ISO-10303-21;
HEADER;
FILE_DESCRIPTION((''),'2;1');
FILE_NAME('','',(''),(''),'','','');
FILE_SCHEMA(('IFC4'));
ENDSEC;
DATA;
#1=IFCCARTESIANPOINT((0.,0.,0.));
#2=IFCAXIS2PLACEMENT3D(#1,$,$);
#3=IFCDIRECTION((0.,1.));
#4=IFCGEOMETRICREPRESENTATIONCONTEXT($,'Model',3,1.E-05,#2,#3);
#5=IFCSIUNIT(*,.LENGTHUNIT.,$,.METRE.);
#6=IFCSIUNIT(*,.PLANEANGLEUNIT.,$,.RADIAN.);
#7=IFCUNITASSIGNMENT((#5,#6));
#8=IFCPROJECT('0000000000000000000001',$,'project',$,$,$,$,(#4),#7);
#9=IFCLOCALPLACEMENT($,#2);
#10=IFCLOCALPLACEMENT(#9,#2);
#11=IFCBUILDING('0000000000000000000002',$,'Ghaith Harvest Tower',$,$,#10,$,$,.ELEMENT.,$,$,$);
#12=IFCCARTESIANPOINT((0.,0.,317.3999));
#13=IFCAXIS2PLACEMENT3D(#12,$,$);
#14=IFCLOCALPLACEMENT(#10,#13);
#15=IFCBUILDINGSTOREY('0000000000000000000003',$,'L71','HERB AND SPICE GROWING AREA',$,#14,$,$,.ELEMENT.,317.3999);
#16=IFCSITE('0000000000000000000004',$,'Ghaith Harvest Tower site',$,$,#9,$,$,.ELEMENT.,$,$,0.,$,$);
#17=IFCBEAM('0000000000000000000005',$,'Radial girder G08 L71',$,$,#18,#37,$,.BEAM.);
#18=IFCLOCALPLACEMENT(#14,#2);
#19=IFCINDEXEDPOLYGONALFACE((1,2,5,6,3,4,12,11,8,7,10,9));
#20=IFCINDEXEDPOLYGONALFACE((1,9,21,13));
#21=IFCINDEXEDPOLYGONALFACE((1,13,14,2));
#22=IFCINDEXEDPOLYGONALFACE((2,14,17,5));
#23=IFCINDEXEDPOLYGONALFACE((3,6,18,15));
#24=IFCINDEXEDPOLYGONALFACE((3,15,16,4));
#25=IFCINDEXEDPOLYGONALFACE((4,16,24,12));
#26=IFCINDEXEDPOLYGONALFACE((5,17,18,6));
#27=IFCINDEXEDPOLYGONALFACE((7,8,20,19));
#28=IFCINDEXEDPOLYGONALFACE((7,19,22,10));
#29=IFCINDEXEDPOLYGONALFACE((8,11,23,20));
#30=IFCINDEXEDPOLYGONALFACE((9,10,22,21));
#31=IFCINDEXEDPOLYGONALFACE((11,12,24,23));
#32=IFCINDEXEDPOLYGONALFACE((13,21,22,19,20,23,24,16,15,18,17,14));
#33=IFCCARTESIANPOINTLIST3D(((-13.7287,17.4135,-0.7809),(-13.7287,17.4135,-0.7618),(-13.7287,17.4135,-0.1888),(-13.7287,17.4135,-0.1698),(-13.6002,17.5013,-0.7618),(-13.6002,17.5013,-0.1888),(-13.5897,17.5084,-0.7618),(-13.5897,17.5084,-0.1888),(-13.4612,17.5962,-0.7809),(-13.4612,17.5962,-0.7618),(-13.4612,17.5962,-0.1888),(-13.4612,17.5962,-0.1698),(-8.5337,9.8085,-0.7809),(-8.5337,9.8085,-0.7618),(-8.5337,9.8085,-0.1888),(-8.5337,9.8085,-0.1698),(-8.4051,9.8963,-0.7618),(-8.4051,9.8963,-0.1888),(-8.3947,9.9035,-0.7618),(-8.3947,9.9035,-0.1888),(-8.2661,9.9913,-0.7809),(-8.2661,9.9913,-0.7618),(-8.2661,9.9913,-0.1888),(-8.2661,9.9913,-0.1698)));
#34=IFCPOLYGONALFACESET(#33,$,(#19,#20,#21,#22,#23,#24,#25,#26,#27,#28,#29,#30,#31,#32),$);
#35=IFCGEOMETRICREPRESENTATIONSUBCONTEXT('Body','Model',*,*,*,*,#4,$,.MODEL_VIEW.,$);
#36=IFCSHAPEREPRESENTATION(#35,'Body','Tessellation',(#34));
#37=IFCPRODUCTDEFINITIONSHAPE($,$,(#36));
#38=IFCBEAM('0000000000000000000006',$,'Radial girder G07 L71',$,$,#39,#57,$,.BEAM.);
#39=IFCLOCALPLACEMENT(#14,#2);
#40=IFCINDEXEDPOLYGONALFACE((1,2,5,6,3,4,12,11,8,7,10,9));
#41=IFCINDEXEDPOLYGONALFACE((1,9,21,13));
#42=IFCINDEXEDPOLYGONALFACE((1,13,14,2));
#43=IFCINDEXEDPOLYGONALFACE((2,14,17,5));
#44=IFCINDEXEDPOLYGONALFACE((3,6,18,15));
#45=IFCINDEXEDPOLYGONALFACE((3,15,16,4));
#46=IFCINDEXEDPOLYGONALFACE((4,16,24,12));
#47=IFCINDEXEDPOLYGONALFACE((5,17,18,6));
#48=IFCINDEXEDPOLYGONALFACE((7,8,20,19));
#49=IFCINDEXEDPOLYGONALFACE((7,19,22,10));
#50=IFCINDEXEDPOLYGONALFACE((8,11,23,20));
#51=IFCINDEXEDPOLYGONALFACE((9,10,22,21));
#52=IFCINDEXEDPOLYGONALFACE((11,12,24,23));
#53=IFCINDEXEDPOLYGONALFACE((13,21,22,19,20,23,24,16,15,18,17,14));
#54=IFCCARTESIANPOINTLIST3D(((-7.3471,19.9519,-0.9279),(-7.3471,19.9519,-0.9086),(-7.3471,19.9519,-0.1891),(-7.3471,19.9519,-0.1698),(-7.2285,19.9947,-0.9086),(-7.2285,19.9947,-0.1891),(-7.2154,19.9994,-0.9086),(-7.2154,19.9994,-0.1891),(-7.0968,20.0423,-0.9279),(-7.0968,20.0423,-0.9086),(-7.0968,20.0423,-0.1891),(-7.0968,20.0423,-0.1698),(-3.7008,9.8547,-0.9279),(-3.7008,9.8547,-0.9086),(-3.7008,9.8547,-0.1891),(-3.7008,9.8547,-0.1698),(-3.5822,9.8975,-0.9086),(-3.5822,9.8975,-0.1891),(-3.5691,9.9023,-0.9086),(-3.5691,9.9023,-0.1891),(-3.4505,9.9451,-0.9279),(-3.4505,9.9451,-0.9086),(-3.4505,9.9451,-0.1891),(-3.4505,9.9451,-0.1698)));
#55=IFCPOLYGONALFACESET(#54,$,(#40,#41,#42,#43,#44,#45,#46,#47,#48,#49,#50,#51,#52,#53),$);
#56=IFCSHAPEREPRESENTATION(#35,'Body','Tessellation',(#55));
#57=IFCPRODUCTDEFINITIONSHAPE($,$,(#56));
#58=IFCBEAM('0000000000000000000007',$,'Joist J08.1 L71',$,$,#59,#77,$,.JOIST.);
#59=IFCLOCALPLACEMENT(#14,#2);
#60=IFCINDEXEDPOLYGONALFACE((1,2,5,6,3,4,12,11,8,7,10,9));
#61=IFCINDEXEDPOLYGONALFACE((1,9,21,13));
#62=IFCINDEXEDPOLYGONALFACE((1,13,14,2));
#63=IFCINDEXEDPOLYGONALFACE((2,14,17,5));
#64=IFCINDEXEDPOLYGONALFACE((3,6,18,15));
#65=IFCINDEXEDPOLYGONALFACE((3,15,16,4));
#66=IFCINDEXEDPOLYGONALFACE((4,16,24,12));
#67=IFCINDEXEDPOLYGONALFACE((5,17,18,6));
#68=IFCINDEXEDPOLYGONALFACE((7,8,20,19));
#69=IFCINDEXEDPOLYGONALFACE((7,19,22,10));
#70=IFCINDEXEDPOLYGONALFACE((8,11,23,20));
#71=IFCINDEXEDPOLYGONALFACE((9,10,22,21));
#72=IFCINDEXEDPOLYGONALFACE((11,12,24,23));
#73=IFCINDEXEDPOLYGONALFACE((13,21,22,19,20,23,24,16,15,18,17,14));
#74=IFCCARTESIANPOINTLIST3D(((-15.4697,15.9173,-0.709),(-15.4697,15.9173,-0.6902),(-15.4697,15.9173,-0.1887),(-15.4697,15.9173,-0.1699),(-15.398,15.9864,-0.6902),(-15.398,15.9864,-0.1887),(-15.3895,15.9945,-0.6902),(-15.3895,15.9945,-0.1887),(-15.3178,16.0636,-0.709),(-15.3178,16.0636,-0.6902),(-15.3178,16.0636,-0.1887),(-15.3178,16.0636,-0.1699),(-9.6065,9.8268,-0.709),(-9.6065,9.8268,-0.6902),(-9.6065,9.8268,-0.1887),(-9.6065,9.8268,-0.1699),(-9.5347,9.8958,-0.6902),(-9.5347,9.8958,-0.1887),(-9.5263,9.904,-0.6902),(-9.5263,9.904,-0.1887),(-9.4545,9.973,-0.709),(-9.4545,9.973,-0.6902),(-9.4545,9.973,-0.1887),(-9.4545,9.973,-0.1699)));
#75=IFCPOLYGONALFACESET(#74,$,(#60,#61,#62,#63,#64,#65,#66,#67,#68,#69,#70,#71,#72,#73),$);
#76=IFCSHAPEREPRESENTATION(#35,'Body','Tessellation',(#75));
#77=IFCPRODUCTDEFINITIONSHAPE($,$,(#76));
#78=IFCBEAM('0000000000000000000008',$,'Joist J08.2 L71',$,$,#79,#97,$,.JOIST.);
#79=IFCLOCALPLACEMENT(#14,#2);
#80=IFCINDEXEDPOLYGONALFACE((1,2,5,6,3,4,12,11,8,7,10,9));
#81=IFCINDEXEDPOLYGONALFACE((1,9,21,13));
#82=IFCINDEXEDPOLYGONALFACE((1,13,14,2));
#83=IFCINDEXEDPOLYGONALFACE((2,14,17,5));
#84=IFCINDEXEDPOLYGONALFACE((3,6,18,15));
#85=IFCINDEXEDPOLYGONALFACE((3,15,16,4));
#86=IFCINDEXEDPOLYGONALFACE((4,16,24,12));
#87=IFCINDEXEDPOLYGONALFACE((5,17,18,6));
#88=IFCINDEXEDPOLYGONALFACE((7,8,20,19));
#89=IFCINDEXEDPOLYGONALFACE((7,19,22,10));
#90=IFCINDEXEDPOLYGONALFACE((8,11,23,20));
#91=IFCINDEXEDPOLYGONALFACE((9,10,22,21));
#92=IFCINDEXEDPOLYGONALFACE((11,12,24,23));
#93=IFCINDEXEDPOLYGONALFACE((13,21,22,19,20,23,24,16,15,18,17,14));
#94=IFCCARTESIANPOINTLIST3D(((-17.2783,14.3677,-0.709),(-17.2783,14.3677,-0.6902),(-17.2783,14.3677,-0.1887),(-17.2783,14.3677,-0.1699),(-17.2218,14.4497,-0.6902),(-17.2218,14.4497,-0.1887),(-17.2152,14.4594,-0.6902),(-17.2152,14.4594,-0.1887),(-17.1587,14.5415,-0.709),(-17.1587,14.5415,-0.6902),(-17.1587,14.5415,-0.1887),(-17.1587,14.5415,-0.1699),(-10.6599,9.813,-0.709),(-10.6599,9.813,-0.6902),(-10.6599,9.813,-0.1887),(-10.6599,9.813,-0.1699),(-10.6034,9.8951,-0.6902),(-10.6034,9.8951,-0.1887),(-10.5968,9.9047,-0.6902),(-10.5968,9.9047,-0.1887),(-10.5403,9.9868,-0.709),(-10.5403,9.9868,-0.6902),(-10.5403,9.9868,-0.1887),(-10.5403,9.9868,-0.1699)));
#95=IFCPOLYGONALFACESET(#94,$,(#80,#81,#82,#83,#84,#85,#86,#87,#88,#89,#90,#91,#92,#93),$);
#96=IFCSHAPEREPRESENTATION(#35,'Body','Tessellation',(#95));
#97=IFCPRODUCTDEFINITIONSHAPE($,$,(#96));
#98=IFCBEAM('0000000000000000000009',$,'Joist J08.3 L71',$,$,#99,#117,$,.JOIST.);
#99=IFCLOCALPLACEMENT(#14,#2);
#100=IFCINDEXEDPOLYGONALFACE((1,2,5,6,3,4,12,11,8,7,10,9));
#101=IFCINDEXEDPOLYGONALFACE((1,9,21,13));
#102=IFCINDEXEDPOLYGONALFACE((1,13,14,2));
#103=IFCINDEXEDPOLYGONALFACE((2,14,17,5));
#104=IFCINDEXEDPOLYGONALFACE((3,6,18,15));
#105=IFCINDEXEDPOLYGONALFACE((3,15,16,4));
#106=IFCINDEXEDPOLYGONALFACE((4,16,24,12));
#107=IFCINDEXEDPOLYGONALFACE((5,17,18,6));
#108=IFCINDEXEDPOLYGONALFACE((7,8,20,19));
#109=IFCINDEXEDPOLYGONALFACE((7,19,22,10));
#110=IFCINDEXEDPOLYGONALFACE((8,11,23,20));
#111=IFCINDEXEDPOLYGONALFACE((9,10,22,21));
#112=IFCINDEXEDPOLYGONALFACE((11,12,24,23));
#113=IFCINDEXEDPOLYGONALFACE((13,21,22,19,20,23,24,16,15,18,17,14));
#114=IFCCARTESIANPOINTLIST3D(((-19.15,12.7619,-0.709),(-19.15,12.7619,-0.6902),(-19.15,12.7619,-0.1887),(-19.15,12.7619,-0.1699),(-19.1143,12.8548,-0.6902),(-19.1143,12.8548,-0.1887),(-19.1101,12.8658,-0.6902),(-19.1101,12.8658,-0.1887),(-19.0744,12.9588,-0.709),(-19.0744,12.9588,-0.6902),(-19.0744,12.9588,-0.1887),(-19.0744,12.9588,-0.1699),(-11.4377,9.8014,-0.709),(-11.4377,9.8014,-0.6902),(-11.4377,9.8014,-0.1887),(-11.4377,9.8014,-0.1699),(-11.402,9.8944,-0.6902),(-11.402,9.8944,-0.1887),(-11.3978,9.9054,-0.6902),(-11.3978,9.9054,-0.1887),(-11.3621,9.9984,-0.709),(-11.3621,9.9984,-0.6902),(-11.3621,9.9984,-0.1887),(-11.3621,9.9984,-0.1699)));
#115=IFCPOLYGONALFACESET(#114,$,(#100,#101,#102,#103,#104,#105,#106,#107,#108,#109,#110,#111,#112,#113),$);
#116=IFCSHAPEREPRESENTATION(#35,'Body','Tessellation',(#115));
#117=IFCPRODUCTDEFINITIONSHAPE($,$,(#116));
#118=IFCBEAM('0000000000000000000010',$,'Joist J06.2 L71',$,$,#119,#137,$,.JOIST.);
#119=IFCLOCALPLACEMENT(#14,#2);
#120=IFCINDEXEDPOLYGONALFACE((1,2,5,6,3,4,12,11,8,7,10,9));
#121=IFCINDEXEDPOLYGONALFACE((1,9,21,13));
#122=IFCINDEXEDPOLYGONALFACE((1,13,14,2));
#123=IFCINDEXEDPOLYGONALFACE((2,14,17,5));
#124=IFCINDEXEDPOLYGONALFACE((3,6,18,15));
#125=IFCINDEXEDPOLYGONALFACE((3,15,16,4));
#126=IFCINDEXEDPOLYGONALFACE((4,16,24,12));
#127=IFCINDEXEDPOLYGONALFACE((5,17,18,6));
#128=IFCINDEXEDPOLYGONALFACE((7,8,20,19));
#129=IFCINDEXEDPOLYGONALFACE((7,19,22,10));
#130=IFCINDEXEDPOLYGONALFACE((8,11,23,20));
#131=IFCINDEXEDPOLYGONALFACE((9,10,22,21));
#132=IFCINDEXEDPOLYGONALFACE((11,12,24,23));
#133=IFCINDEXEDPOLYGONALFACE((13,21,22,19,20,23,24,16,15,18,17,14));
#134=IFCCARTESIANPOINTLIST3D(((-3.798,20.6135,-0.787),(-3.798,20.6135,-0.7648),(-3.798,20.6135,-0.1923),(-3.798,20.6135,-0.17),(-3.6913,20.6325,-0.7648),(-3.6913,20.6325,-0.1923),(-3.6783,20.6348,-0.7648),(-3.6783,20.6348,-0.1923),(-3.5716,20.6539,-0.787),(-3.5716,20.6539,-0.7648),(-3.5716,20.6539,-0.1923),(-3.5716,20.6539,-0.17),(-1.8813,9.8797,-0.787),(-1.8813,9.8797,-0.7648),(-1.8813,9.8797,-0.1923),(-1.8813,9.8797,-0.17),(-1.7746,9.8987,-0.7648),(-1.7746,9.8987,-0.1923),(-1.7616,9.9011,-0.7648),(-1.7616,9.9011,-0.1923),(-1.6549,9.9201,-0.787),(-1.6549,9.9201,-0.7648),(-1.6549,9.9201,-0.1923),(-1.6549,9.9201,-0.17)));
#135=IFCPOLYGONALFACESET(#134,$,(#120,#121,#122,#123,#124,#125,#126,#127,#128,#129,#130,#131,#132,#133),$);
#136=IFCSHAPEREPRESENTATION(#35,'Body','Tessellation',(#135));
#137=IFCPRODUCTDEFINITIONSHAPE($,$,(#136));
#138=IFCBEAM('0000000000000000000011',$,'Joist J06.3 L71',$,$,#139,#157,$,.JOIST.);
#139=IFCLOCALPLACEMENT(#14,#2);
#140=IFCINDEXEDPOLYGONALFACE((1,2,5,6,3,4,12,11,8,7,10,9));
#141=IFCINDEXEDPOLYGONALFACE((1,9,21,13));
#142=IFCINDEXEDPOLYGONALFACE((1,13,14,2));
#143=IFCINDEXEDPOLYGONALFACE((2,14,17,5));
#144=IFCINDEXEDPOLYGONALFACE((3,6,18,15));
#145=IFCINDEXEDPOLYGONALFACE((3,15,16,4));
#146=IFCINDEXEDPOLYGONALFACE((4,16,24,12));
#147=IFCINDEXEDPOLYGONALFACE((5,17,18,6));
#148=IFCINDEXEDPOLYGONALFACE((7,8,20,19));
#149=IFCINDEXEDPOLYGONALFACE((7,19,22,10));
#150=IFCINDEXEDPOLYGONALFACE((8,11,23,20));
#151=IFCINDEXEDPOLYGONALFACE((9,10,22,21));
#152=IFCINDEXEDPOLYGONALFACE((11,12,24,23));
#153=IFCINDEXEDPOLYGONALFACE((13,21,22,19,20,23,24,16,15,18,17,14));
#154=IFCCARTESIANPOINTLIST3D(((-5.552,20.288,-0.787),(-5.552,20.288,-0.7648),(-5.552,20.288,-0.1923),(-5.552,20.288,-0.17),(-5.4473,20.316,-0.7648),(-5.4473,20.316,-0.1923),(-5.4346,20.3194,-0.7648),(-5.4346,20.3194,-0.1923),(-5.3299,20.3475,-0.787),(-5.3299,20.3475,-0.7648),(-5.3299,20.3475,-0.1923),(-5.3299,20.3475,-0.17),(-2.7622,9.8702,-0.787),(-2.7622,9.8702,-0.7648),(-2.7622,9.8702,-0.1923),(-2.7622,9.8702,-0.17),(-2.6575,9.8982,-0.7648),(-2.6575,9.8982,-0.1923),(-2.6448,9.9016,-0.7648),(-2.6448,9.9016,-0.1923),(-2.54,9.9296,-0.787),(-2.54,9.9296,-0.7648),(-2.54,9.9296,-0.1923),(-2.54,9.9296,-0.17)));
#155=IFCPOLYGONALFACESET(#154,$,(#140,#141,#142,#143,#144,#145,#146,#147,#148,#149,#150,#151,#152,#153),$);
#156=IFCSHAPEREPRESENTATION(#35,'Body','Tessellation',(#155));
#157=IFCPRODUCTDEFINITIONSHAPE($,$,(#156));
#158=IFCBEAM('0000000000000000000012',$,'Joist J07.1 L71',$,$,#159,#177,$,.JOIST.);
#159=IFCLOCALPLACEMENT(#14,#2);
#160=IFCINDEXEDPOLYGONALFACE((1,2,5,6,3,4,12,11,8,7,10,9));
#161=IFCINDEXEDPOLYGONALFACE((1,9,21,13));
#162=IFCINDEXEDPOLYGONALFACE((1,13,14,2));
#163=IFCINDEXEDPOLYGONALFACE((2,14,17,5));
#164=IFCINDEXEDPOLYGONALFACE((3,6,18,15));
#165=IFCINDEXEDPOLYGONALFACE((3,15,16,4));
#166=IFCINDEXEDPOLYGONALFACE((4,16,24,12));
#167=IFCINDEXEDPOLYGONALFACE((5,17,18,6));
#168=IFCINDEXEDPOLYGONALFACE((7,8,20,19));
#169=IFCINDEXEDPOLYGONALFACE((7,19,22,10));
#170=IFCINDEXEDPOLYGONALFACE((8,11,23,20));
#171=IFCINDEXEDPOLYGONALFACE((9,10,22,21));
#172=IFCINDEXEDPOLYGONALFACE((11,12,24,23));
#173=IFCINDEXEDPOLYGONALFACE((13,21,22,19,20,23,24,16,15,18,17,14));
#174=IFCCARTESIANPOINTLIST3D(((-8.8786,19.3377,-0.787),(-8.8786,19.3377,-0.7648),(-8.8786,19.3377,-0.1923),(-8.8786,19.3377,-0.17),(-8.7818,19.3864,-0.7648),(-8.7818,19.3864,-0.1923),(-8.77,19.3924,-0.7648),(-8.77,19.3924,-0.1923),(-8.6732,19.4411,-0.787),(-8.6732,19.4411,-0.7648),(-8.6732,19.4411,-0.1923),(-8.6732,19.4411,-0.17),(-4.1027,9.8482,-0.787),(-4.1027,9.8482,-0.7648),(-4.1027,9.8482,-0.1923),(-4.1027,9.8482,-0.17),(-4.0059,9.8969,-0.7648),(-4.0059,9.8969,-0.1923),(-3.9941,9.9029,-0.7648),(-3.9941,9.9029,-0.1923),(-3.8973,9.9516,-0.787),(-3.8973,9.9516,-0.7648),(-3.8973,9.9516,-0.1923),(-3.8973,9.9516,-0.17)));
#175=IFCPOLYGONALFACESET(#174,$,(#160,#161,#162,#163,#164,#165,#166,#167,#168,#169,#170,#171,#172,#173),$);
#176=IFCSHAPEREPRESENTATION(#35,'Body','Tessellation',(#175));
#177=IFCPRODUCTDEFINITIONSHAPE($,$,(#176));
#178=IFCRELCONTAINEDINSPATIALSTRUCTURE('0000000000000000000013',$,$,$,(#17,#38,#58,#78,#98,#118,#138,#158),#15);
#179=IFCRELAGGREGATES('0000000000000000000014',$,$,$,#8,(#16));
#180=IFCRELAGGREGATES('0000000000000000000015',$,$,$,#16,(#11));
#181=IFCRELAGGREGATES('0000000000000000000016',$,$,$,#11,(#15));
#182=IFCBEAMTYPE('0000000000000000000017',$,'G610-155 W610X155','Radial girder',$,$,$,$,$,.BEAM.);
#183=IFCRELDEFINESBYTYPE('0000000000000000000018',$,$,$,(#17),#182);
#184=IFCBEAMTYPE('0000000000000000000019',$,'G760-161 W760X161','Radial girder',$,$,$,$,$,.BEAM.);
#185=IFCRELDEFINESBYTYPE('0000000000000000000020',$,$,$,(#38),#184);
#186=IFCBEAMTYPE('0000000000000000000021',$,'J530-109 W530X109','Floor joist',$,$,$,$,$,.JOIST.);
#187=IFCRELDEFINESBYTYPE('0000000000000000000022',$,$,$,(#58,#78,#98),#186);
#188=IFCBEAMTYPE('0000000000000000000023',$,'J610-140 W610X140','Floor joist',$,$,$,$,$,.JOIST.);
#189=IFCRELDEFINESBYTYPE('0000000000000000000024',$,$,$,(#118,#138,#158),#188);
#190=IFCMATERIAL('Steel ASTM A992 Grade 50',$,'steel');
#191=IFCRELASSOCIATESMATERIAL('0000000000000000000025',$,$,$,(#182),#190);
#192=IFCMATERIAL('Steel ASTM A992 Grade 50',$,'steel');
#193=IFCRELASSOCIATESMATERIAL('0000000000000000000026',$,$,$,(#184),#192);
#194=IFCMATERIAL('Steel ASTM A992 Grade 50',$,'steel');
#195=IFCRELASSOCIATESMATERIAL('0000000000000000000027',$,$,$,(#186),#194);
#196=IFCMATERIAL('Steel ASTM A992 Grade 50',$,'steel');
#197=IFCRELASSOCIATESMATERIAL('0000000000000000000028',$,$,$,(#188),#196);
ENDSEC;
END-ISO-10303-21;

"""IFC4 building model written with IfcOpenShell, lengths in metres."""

from ifc_helpers import new_model, si_unit, direction, frame, origin, origin_2d, place, context, subcontext, project, spatial, i_section, extrude, material, material_profile, profile_set, type_object, element, save


model = new_model("IFC4")

# Units and contexts
model_context = context("Model", 3, precision=1e-05, world=origin(), true_north=direction((0.0, 1.0)))
body_context = subcontext(model_context, "Body", "Model", "MODEL_VIEW")
ifc_project = project(units=[si_unit("LENGTHUNIT", "METRE"), si_unit("PLANEANGLEUNIT", "RADIAN")], contexts=[model_context])

# Site, building, storey
site_placement = place(None, origin())
site = spatial("IfcSite", under=ifc_project, at=site_placement, Name="Ghaith Harvest Tower site", CompositionType="ELEMENT", RefElevation=0.0)
building_placement = place(site_placement, origin())
building = spatial("IfcBuilding", under=site, at=building_placement, Name="Ghaith Harvest Tower", CompositionType="ELEMENT")
storey_placement = place(building_placement, frame((0.0, 0.0, 317.3999)))
storey = spatial("IfcBuildingStorey", under=building, at=storey_placement, Name="L71", Description="HERB AND SPICE GROWING AREA", CompositionType="ELEMENT", Elevation=317.3999)

# Beams
ifc_material_1 = material(Name="Steel ASTM A992 Grade 50", Category="steel")
ifc_material_profile_1 = material_profile(ifc_material_1, i_section(OverallWidth=0.324, OverallDepth=0.6111, WebThickness=0.0127, FlangeThickness=0.019, at=origin_2d()), Name="W610X155")
ifc_profile_set_1 = profile_set([ifc_material_profile_1], Name="Steel ASTM A992 Grade 50")
beam_type_1 = type_object("IfcBeamType", Name="G610-155 W610X155", Description="Radial girder", PredefinedType="BEAM", material=ifc_profile_set_1)
beam_1_placement = place(storey_placement, frame((-8.3999, 9.8999, -0.4753), z_axis=(-0.564067, 0.825729, 0.0), x_axis=(-0.825729, -0.564067, 0.0)))
element("IfcBeam", 1, at=beam_1_placement, inside=storey, type_object=beam_type_1, Name="Radial girder G08 L71", PredefinedType="BEAM", context=body_context, shape_type="SweptSolid", body=[
    extrude(i_section(OverallWidth=0.324, OverallDepth=0.6111, WebThickness=0.0127, FlangeThickness=0.019, at=origin_2d()), origin(), (0.0, 0.0, 1.0), 9.21),
])
ifc_material_2 = material(Name="Steel ASTM A992 Grade 50", Category="steel")
ifc_material_profile_2 = material_profile(ifc_material_2, i_section(OverallWidth=0.2661, OverallDepth=0.7581, WebThickness=0.0139, FlangeThickness=0.0193, at=origin_2d()), Name="W760X161")
ifc_profile_set_2 = profile_set([ifc_material_profile_2], Name="Steel ASTM A992 Grade 50")
beam_type_2 = type_object("IfcBeamType", Name="G760-161 W760X161", Description="Radial girder", PredefinedType="BEAM", material=ifc_profile_set_2)
beam_2_placement = place(storey_placement, frame((-3.5757, 9.8999, -0.5488), z_axis=(-0.339648, 0.940553, 0.0), x_axis=(-0.940553, -0.339648, 0.0)))
element("IfcBeam", 2, at=beam_2_placement, inside=storey, type_object=beam_type_2, Name="Radial girder G07 L71", PredefinedType="BEAM", context=body_context, shape_type="SweptSolid", body=[
    extrude(i_section(OverallWidth=0.2661, OverallDepth=0.7581, WebThickness=0.0139, FlangeThickness=0.0193, at=origin_2d()), origin(), (0.0, 0.0, 1.0), 10.7354),
])
ifc_material_3 = material(Name="Steel ASTM A992 Grade 50", Category="steel")
ifc_material_profile_3 = material_profile(ifc_material_3, i_section(OverallWidth=0.2109, OverallDepth=0.5391, WebThickness=0.0117, FlangeThickness=0.0188, at=origin_2d()), Name="W530X109")
ifc_profile_set_3 = profile_set([ifc_material_profile_3], Name="Steel ASTM A992 Grade 50")
beam_type_3 = type_object("IfcBeamType", Name="J530-109 W530X109", Description="Floor joist", PredefinedType="JOIST", material=ifc_profile_set_3)
beam_3_placement = place(storey_placement, frame((-9.5305, 9.8999, -0.4395), z_axis=(-0.693536, 0.720422, 0.0), x_axis=(-0.720422, -0.693536, 0.0)))
element("IfcBeam", 3, at=beam_3_placement, inside=storey, type_object=beam_type_3, Name="Joist J08.1 L71", PredefinedType="JOIST", context=body_context, shape_type="SweptSolid", body=[
    extrude(i_section(OverallWidth=0.2109, OverallDepth=0.5391, WebThickness=0.0117, FlangeThickness=0.0188, at=origin_2d()), origin(), (0.0, 0.0, 1.0), 8.4541),
])
beam_4_placement = place(storey_placement, frame((-10.6001, 9.8999, -0.4395), z_axis=(-0.823779, 0.566912, 0.0), x_axis=(-0.566912, -0.823779, 0.0)))
element("IfcBeam", 4, at=beam_4_placement, inside=storey, type_object=beam_type_3, Name="Joist J08.2 L71", PredefinedType="JOIST", context=body_context, shape_type="SweptSolid", body=[
    extrude(i_section(OverallWidth=0.2109, OverallDepth=0.5391, WebThickness=0.0117, FlangeThickness=0.0188, at=origin_2d()), origin(), (0.0, 0.0, 1.0), 8.0342),
])
beam_5_placement = place(storey_placement, frame((-11.3999, 9.8999, -0.4395), z_axis=(-0.933583, 0.358361, 0.0), x_axis=(-0.358361, -0.933583, 0.0)))
element("IfcBeam", 5, at=beam_5_placement, inside=storey, type_object=beam_type_3, Name="Joist J08.3 L71", PredefinedType="JOIST", context=body_context, shape_type="SweptSolid", body=[
    extrude(i_section(OverallWidth=0.2109, OverallDepth=0.5391, WebThickness=0.0117, FlangeThickness=0.0188, at=origin_2d()), origin(), (0.0, 0.0, 1.0), 8.261),
])
ifc_material_4 = material(Name="Steel ASTM A992 Grade 50", Category="steel")
ifc_material_profile_4 = material_profile(ifc_material_4, i_section(OverallWidth=0.23, OverallDepth=0.6169, WebThickness=0.0132, FlangeThickness=0.0222, at=origin_2d()), Name="W610X140")
ifc_profile_set_4 = profile_set([ifc_material_profile_4], Name="Steel ASTM A992 Grade 50")
beam_type_4 = type_object("IfcBeamType", Name="J610-140 W610X140", Description="Floor joist", PredefinedType="JOIST", material=ifc_profile_set_4)
beam_6_placement = place(storey_placement, frame((-1.7681, 9.8999, -0.4785), z_axis=(-0.175789, 0.984428, 0.0), x_axis=(-0.984428, -0.175789, 0.0)))
element("IfcBeam", 6, at=beam_6_placement, inside=storey, type_object=beam_type_4, Name="Joist J06.2 L71", PredefinedType="JOIST", context=body_context, shape_type="SweptSolid", body=[
    extrude(i_section(OverallWidth=0.23, OverallDepth=0.6169, WebThickness=0.0132, FlangeThickness=0.0222, at=origin_2d()), origin(), (0.0, 0.0, 1.0), 10.9036),
])
beam_7_placement = place(storey_placement, frame((-2.6511, 9.8999, -0.4785), z_axis=(-0.258678, 0.965964, 0.0), x_axis=(-0.965964, -0.258678, 0.0)))
element("IfcBeam", 7, at=beam_7_placement, inside=storey, type_object=beam_type_4, Name="Joist J06.3 L71", PredefinedType="JOIST", context=body_context, shape_type="SweptSolid", body=[
    extrude(i_section(OverallWidth=0.23, OverallDepth=0.6169, WebThickness=0.0132, FlangeThickness=0.0222, at=origin_2d()), origin(), (0.0, 0.0, 1.0), 10.7849),
])
beam_8_placement = place(storey_placement, frame((-4.0, 9.8999, -0.4785), z_axis=(-0.449556, 0.893252, 0.0), x_axis=(-0.893252, -0.449556, 0.0)))
element("IfcBeam", 8, at=beam_8_placement, inside=storey, type_object=beam_type_4, Name="Joist J07.1 L71", PredefinedType="JOIST", context=body_context, shape_type="SweptSolid", body=[
    extrude(i_section(OverallWidth=0.23, OverallDepth=0.6169, WebThickness=0.0132, FlangeThickness=0.0222, at=origin_2d()), origin(), (0.0, 0.0, 1.0), 10.6235),
])

save(model, "model.ifc")
